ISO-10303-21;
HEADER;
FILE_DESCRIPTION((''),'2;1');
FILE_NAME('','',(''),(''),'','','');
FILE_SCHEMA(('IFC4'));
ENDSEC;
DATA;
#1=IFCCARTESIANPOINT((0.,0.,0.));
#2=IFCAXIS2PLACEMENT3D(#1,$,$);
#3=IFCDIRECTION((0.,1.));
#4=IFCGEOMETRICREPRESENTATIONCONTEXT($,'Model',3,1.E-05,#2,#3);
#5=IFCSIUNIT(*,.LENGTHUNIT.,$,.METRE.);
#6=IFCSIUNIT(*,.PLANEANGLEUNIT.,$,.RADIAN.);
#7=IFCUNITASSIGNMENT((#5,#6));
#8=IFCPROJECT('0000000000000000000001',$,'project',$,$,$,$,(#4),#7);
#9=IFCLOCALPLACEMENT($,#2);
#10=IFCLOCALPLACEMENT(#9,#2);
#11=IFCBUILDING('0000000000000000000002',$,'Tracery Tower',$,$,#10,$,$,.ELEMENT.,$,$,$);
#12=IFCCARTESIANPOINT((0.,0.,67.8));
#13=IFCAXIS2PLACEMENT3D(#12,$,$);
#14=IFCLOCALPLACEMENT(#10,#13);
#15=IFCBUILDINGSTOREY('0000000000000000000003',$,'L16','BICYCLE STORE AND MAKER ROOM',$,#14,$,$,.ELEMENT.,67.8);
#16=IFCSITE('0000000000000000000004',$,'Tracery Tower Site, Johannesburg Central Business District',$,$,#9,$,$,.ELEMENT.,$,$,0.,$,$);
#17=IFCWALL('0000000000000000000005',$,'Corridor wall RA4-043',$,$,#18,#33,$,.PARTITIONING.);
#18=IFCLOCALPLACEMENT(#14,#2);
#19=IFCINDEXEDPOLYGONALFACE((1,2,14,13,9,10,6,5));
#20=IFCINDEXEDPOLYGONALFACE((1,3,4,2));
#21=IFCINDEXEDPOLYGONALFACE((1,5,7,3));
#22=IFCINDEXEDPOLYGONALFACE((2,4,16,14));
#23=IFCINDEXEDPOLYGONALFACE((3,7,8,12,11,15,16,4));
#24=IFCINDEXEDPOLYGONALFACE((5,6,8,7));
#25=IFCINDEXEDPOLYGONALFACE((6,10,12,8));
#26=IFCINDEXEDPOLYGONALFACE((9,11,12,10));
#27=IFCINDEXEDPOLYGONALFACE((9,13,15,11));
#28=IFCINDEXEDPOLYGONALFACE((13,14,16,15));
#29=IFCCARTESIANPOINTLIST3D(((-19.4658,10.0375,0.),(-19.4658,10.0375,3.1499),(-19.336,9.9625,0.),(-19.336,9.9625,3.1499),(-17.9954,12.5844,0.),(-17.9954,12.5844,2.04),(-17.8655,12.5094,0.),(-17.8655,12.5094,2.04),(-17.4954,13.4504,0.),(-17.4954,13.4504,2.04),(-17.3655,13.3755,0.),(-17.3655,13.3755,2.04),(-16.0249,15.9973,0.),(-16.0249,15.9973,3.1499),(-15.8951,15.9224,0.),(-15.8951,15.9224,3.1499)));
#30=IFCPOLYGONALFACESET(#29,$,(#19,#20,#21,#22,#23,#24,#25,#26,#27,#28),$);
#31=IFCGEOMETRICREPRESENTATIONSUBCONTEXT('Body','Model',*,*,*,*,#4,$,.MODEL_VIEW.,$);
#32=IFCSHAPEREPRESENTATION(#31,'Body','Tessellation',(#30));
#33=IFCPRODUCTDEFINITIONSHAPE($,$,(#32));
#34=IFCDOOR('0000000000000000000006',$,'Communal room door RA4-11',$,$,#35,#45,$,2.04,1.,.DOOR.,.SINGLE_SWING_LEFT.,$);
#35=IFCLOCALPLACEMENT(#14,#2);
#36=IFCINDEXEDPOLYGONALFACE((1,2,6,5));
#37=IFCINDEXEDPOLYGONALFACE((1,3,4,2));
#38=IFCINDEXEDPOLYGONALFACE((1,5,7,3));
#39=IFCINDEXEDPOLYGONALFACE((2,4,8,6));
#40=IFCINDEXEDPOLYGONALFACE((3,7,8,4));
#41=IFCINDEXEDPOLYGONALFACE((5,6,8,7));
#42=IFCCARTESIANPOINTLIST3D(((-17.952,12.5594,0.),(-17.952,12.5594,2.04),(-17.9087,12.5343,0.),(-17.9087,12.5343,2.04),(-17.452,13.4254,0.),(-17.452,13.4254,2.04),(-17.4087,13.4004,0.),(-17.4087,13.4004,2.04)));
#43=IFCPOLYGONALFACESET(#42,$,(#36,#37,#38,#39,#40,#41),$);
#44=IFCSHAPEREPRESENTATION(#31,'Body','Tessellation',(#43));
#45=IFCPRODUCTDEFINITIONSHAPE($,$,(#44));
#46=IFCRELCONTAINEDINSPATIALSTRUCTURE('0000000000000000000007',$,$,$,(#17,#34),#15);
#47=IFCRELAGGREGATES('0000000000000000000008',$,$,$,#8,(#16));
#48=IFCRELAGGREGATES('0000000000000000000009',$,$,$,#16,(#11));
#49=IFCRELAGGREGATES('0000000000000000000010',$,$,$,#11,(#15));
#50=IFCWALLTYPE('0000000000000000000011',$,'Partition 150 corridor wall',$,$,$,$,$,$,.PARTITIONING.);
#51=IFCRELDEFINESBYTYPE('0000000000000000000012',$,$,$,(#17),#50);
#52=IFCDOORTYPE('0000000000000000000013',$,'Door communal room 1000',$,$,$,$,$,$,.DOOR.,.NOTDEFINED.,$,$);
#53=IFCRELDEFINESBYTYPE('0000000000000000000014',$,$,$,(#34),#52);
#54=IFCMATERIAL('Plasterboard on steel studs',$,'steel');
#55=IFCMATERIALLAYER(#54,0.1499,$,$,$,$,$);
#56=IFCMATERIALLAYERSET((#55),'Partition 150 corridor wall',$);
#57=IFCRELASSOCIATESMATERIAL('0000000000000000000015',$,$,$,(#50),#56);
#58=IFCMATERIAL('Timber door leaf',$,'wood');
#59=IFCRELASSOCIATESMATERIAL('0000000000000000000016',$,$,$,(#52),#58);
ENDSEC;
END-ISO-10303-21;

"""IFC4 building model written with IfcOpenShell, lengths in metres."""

from ifc_helpers import new_model, si_unit, direction, frame, frame_2d, origin, place, context, subcontext, project, spatial, rectangle, extrude, material, layer, layer_set, type_object, element, fill, save


model = new_model("IFC4")

# Units and contexts
model_context = context("Model", 3, precision=1e-05, world=origin(), true_north=direction((0.0, 1.0)))
body_context = subcontext(model_context, "Body", "Model", "MODEL_VIEW")
ifc_project = project(units=[si_unit("LENGTHUNIT", "METRE"), si_unit("PLANEANGLEUNIT", "RADIAN")], contexts=[model_context])

# Site, building, storey
site_placement = place(None, origin())
site = spatial("IfcSite", under=ifc_project, at=site_placement, Name="Tracery Tower Site, Johannesburg Central Business District", CompositionType="ELEMENT", RefElevation=0.0)
building_placement = place(site_placement, origin())
building = spatial("IfcBuilding", under=site, at=building_placement, Name="Tracery Tower", CompositionType="ELEMENT")
storey_placement = place(building_placement, frame((0.0, 0.0, 67.8)))
storey = spatial("IfcBuildingStorey", under=building, at=storey_placement, Name="L16", Description="BICYCLE STORE AND MAKER ROOM", CompositionType="ELEMENT", Elevation=67.8)

# Shared definitions
ifc_material_1 = material(Name="Plasterboard on steel studs", Category="steel")
ifc_layer_1 = layer(ifc_material_1, 0.1499)
ifc_layer_set_1 = layer_set([ifc_layer_1], Name="Partition 150 corridor wall")
wall_type_1 = type_object("IfcWallType", Name="Partition 150 corridor wall", PredefinedType="PARTITIONING", material=ifc_layer_set_1)

# Wall, opening, door
wall_1_placement = place(storey_placement, frame((-19.4009, 10.0, 0.0), z_axis=(0.0, 0.0, 1.0), x_axis=(0.499993, 0.86603, 0.0)))
wall_1 = element("IfcWall", 1, at=wall_1_placement, inside=storey, type_object=wall_type_1, Name="Corridor wall RA4-043", PredefinedType="PARTITIONING", context=body_context, shape_type="SweptSolid", body=[
    extrude(rectangle(XDim=6.8818, YDim=0.1499, at=frame_2d((3.4409, 0.0))), origin(), (0.0, 0.0, 1.0), 3.1499),
])
opening_1_placement = place(wall_1_placement, frame((2.9409, 0.0, 0.0)))
opening_1 = element("IfcOpeningElement", 2, at=opening_1_placement, cuts=wall_1, PredefinedType="OPENING", context=body_context, shape_type="SweptSolid", body=[
    extrude(rectangle(XDim=1.0, YDim=2.04, at=frame_2d((0.5, 1.02))), frame((0.0, 0.075, 0.0), z_axis=(0.0, -1.0, 0.0), x_axis=(1.0, 0.0, 0.0)), (0.0, 0.0, 1.0), 0.1499),
])
ifc_material_2 = material(Name="Timber door leaf", Category="wood")
door_type_1 = type_object("IfcDoorType", Name="Door communal room 1000", OperationType="NOTDEFINED", PredefinedType="DOOR", material=ifc_material_2)
door_1_placement = place(opening_1_placement, origin())
door_1 = element("IfcDoor", 3, at=door_1_placement, inside=storey, type_object=door_type_1, Name="Communal room door RA4-11", OperationType="SINGLE_SWING_LEFT", OverallHeight=2.04, OverallWidth=1.0, PredefinedType="DOOR", context=body_context, shape_type="SweptSolid", body=[
    extrude(rectangle(XDim=1.0, YDim=2.04, at=frame_2d((0.5, 1.02))), frame((0.0, 0.0249, 0.0), z_axis=(0.0, -1.0, 0.0), x_axis=(1.0, 0.0, 0.0)), (0.0, 0.0, 1.0), 0.05),
])
fill(opening_1, door_1)

save(model, "model.ifc")
